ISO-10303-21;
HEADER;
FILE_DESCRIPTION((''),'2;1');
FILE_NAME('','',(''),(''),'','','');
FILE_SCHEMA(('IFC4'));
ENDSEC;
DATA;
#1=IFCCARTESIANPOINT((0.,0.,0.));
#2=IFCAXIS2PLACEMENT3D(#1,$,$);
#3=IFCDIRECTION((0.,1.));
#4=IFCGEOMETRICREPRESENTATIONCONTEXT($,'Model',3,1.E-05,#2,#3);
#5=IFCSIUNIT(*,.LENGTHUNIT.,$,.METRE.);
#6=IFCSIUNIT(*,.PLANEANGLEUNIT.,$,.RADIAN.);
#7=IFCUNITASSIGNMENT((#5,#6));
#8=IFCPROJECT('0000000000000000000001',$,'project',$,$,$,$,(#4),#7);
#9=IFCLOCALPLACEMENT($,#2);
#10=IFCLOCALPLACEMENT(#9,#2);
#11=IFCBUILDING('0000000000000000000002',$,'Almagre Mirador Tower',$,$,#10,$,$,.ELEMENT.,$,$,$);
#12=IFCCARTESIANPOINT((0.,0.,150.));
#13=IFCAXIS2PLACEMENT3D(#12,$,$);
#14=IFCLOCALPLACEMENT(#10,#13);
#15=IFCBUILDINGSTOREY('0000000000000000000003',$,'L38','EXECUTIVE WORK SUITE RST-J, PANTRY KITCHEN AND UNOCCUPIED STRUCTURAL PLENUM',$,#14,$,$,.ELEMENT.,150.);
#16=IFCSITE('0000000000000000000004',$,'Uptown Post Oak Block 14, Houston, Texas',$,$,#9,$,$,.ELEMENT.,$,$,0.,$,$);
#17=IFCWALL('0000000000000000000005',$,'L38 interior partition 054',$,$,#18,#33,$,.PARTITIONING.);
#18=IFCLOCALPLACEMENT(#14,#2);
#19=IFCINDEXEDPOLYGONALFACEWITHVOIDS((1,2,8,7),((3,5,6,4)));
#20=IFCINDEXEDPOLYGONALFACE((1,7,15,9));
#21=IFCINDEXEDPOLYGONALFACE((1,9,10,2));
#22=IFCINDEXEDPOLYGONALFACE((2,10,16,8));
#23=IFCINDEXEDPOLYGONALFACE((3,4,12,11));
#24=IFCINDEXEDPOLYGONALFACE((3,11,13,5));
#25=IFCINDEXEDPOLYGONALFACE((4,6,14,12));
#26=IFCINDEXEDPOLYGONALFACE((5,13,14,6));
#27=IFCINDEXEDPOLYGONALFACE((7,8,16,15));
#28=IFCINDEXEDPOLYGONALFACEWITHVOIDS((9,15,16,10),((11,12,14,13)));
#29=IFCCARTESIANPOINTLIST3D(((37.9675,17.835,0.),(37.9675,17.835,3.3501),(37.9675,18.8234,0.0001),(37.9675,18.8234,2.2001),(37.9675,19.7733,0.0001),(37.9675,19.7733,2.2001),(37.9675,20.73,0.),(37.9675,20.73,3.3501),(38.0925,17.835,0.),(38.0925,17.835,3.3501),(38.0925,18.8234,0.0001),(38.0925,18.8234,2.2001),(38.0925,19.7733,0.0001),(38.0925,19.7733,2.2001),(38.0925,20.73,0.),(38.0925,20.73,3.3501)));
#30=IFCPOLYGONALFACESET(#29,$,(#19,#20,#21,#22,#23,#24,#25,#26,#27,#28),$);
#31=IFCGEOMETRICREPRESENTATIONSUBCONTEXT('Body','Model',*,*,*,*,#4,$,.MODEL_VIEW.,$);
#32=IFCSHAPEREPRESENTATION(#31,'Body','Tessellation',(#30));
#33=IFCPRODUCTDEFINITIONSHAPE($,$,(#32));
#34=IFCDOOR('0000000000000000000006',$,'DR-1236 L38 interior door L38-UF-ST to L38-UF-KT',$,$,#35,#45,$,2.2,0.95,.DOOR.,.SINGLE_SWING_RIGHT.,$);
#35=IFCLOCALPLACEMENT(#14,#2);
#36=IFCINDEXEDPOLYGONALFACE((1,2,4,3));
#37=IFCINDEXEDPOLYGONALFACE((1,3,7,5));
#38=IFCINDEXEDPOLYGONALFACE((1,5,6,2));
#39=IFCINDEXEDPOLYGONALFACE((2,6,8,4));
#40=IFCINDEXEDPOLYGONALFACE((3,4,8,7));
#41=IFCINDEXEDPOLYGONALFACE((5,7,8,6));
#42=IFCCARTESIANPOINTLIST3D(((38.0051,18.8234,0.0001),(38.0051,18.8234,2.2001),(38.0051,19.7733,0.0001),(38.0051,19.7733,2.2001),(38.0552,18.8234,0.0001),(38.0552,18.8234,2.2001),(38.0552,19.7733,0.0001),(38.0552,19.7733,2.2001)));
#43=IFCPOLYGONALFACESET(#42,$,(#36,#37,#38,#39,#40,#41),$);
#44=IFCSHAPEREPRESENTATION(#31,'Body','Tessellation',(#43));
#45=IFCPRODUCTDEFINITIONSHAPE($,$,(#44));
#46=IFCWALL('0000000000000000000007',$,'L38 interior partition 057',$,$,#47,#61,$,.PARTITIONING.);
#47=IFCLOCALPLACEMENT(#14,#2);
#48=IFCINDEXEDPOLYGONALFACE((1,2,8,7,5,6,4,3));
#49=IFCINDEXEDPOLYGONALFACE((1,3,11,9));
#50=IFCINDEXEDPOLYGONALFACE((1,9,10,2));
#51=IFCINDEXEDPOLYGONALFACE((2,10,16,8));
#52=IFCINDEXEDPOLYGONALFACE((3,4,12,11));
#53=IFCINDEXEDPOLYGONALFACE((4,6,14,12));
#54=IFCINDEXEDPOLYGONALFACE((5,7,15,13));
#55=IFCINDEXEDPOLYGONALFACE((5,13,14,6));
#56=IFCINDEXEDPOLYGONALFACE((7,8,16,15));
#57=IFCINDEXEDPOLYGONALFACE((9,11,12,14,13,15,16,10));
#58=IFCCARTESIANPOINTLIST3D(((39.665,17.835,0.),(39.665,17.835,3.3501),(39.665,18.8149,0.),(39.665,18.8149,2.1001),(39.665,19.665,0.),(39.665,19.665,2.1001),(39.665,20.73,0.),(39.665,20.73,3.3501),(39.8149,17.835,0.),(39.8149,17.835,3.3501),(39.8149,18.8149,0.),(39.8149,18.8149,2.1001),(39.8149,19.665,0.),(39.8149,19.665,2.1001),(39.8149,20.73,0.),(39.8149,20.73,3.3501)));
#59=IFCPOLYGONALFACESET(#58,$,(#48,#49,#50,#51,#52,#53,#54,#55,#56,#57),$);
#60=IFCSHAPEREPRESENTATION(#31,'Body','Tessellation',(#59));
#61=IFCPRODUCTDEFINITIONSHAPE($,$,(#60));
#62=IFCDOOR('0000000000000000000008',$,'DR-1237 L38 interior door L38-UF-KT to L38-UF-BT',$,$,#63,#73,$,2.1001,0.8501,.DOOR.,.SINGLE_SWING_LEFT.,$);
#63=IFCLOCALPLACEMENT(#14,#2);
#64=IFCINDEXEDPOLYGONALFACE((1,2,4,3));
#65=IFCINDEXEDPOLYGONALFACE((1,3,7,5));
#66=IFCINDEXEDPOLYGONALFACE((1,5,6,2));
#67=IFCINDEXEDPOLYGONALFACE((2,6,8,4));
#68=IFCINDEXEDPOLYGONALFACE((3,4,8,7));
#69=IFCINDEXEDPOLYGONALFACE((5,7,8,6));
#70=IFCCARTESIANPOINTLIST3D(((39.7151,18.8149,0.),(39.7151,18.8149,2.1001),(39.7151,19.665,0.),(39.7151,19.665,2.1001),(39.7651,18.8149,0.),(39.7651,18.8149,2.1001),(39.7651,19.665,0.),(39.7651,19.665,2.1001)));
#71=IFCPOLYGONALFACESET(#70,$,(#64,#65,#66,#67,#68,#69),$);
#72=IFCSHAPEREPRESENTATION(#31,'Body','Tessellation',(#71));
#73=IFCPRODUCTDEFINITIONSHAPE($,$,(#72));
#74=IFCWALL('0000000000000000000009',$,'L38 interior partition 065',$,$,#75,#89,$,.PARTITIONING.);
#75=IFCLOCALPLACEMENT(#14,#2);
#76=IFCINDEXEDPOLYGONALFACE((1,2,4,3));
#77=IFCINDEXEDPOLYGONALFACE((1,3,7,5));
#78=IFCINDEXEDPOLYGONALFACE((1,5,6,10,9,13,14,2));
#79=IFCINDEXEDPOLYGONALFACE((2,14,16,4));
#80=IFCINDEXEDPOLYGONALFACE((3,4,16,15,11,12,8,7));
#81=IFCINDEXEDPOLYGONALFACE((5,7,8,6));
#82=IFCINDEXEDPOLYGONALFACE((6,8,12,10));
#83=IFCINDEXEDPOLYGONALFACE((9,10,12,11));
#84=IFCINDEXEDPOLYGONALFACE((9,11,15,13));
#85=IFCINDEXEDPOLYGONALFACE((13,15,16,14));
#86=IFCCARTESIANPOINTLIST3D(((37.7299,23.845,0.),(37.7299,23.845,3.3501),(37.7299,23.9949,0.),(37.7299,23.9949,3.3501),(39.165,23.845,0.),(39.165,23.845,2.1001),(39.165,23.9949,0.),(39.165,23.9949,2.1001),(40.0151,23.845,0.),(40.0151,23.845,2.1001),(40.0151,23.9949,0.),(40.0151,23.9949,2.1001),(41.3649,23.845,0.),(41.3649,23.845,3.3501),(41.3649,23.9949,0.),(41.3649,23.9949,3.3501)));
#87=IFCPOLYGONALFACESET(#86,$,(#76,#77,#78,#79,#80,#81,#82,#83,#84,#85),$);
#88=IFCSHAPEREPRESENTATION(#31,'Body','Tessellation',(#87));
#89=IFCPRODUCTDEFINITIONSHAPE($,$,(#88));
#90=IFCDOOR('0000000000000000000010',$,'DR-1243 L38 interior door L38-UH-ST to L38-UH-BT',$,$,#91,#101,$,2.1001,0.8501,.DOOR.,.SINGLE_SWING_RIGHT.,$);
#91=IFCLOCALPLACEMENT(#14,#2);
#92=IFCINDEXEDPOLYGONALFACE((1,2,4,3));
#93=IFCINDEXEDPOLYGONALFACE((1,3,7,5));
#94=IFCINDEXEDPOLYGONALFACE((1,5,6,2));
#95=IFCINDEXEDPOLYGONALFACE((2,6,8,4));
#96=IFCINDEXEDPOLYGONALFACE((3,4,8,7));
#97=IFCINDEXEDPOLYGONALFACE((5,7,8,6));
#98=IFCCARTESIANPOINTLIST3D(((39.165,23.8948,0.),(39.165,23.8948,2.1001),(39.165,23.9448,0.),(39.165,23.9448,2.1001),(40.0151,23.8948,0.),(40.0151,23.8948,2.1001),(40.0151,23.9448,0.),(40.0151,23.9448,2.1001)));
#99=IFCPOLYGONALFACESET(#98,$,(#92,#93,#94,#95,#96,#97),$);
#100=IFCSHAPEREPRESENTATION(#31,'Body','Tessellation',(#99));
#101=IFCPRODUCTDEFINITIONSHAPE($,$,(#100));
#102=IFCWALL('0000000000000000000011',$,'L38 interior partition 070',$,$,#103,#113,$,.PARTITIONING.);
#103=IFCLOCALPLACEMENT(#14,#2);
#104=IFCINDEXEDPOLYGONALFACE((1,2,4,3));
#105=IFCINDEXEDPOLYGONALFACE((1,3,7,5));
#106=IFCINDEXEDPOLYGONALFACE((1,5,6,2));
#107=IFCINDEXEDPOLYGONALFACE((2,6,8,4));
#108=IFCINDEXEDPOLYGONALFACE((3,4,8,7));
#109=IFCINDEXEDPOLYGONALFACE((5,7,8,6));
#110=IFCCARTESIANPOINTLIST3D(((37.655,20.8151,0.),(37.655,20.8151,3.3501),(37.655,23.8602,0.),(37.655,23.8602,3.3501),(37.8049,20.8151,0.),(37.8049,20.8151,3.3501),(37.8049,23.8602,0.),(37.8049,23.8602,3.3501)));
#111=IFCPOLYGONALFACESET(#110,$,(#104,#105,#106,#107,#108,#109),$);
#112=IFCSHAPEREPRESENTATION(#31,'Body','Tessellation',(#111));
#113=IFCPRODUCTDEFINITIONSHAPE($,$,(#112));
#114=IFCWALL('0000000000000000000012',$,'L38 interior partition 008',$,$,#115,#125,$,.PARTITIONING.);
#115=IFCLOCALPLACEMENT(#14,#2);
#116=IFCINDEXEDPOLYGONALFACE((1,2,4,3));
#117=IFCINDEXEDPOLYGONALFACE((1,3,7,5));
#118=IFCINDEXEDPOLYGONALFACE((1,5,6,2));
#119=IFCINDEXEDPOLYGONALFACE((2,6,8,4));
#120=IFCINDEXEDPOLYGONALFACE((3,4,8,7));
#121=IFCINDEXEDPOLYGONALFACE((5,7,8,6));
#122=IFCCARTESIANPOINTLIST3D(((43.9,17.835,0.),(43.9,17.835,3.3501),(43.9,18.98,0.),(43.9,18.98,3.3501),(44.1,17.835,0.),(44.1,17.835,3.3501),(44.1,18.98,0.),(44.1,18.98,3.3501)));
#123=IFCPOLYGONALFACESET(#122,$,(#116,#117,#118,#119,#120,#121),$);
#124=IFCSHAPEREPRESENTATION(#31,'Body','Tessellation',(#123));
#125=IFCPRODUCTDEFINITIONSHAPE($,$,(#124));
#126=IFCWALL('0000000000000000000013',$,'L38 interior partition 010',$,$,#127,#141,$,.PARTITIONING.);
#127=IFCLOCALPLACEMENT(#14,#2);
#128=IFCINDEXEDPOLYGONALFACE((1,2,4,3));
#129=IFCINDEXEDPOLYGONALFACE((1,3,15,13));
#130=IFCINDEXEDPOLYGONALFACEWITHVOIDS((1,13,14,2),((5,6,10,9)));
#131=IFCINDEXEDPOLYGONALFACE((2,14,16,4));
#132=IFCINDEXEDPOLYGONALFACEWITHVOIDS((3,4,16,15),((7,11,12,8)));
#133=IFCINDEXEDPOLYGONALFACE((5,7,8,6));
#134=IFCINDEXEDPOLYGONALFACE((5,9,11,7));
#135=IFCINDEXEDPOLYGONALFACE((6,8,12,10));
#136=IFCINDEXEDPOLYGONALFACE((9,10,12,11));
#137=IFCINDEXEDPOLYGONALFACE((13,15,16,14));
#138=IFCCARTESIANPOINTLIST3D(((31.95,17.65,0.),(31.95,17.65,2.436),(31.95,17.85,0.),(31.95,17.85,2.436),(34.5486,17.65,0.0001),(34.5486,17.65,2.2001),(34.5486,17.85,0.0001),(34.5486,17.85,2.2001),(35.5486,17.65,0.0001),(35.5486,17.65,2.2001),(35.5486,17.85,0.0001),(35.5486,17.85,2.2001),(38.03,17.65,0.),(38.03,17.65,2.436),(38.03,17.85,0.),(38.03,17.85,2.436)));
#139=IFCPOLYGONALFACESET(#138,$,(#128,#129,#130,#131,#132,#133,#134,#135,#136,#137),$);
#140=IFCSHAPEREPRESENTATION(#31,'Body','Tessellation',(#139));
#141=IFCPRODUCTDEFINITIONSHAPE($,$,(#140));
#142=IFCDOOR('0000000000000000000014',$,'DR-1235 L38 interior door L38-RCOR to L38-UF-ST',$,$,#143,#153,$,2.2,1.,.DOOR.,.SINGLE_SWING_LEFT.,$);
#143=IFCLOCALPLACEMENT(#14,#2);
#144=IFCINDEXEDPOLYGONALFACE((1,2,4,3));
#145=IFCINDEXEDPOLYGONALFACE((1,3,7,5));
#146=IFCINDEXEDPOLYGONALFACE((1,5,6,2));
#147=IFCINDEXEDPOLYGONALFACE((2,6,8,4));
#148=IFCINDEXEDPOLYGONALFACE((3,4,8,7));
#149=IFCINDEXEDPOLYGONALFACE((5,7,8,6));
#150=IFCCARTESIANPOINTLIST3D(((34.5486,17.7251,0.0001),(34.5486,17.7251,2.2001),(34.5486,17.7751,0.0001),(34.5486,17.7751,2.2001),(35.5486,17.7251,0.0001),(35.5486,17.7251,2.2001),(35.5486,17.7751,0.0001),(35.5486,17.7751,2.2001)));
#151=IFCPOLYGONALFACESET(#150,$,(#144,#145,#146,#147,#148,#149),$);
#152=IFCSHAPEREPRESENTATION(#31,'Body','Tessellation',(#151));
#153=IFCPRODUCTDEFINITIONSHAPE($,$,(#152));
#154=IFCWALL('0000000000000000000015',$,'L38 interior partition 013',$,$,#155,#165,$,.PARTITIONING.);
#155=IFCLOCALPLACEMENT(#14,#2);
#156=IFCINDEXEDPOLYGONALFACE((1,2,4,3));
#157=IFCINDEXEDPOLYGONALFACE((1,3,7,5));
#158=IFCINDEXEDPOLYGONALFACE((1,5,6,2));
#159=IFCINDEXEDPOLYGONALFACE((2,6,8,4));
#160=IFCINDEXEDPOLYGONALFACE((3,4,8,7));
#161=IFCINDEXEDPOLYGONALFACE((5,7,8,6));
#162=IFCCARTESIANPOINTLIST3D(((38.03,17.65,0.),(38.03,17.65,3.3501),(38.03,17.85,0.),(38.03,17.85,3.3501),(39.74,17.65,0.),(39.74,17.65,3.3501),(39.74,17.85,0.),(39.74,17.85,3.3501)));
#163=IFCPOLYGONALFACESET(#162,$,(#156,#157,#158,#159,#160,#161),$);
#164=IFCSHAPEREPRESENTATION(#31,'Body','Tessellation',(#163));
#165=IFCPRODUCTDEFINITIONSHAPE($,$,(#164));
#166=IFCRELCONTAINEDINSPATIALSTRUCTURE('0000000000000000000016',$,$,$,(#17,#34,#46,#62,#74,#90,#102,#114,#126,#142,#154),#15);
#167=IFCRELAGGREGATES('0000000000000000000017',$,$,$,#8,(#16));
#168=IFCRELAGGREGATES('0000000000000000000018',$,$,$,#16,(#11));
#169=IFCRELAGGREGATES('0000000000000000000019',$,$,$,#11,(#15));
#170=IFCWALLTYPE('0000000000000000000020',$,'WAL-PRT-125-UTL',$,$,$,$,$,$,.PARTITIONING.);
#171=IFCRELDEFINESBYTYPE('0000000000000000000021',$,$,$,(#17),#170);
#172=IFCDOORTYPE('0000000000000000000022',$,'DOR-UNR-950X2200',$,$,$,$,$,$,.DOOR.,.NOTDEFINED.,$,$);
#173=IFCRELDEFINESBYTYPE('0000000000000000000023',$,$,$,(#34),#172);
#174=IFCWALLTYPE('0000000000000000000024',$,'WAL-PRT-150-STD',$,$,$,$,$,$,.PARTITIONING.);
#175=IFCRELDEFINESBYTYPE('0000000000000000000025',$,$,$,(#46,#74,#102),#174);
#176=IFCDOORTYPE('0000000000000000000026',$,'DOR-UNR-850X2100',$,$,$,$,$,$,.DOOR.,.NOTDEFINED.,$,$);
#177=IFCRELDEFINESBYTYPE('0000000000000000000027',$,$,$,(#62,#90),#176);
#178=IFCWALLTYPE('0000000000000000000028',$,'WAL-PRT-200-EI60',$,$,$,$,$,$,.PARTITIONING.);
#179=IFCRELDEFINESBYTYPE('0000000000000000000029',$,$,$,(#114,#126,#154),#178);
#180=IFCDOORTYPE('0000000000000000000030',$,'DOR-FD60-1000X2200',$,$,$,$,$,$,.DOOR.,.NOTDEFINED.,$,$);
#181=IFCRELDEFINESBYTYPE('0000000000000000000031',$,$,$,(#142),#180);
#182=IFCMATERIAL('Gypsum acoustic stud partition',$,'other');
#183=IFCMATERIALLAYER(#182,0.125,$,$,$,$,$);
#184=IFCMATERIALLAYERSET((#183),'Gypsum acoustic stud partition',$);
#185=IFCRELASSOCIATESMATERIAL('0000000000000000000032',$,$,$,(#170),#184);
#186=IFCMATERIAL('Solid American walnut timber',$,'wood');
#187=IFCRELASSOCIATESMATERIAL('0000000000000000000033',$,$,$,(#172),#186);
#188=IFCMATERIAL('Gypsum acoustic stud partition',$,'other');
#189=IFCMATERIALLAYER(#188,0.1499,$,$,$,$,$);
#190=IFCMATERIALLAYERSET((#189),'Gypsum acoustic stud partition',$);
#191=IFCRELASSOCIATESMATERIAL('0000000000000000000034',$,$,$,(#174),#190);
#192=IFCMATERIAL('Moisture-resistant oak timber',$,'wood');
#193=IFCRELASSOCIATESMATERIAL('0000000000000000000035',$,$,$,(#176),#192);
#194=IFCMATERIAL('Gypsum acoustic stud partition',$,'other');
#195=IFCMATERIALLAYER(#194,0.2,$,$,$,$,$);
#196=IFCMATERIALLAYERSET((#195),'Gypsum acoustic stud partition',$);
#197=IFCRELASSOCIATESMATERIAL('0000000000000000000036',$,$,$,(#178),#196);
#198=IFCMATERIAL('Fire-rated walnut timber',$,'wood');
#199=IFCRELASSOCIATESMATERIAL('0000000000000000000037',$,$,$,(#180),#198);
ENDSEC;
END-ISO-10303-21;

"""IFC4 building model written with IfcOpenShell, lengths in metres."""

from ifc_helpers import new_model, si_unit, direction, frame, frame_2d, origin, place, context, subcontext, project, spatial, rectangle, extrude, material, layer, layer_set, type_object, element, fill, save


model = new_model("IFC4")

# Units and contexts
model_context = context("Model", 3, precision=1e-05, world=origin(), true_north=direction((0.0, 1.0)))
body_context = subcontext(model_context, "Body", "Model", "MODEL_VIEW")
ifc_project = project(units=[si_unit("LENGTHUNIT", "METRE"), si_unit("PLANEANGLEUNIT", "RADIAN")], contexts=[model_context])

# Site, building, storey
site_placement = place(None, origin())
site = spatial("IfcSite", under=ifc_project, at=site_placement, Name="Uptown Post Oak Block 14, Houston, Texas", CompositionType="ELEMENT", RefElevation=0.0)
building_placement = place(site_placement, origin())
building = spatial("IfcBuilding", under=site, at=building_placement, Name="Almagre Mirador Tower", CompositionType="ELEMENT")
storey_placement = place(building_placement, frame((0.0, 0.0, 150.0)))
storey = spatial("IfcBuildingStorey", under=building, at=storey_placement, Name="L38", Description="EXECUTIVE WORK SUITE RST-J, PANTRY KITCHEN AND UNOCCUPIED STRUCTURAL PLENUM", CompositionType="ELEMENT", Elevation=150.0)

# Walls, openings, doors
ifc_material_1 = material(Name="Gypsum acoustic stud partition", Category="other")
ifc_layer_1 = layer(ifc_material_1, 0.125)
ifc_layer_set_1 = layer_set([ifc_layer_1], Name="Gypsum acoustic stud partition")
wall_type_1 = type_object("IfcWallType", Name="WAL-PRT-125-UTL", PredefinedType="PARTITIONING", material=ifc_layer_set_1)
wall_1_placement = place(storey_placement, frame((38.03, 17.835, 0.0), z_axis=(0.0, 0.0, 1.0), x_axis=(0.0, 1.0, 0.0)))
wall_1 = element("IfcWall", 1, at=wall_1_placement, inside=storey, type_object=wall_type_1, Name="L38 interior partition 054", PredefinedType="PARTITIONING", context=body_context, shape_type="SweptSolid", body=[
    extrude(rectangle(XDim=2.895, YDim=0.125, at=frame_2d((1.4475, 0.0))), origin(), (0.0, 0.0, 1.0), 3.3501),
])
opening_1_placement = place(wall_1_placement, frame((0.9883, 0.0, 0.0)))
opening_1 = element("IfcOpeningElement", 2, at=opening_1_placement, cuts=wall_1, PredefinedType="OPENING", context=body_context, shape_type="SweptSolid", body=[
    extrude(rectangle(XDim=0.95, YDim=2.2, at=frame_2d((0.4751, 1.1001))), frame((0.0, 0.0725, 0.0), z_axis=(0.0, -1.0, 0.0), x_axis=(1.0, 0.0, 0.0)), (0.0, 0.0, 1.0), 0.145),
])
ifc_material_2 = material(Name="Solid American walnut timber", Category="wood")
door_type_1 = type_object("IfcDoorType", Name="DOR-UNR-950X2200", OperationType="NOTDEFINED", PredefinedType="DOOR", material=ifc_material_2)
door_1_placement = place(opening_1_placement, origin())
door_1 = element("IfcDoor", 3, at=door_1_placement, inside=storey, type_object=door_type_1, Name="DR-1236 L38 interior door L38-UF-ST to L38-UF-KT", OperationType="SINGLE_SWING_RIGHT", OverallHeight=2.2, OverallWidth=0.95, PredefinedType="DOOR", context=body_context, shape_type="SweptSolid", body=[
    extrude(rectangle(XDim=0.95, YDim=2.2, at=frame_2d((0.4751, 1.1001))), frame((0.0, 0.0249, 0.0), z_axis=(0.0, -1.0, 0.0), x_axis=(1.0, 0.0, 0.0)), (0.0, 0.0, 1.0), 0.05),
])
fill(opening_1, door_1)
ifc_material_3 = material(Name="Gypsum acoustic stud partition", Category="other")
ifc_layer_2 = layer(ifc_material_3, 0.1499)
ifc_layer_set_2 = layer_set([ifc_layer_2], Name="Gypsum acoustic stud partition")
wall_type_2 = type_object("IfcWallType", Name="WAL-PRT-150-STD", PredefinedType="PARTITIONING", material=ifc_layer_set_2)
wall_2_placement = place(storey_placement, frame((39.74, 17.835, 0.0), z_axis=(0.0, 0.0, 1.0), x_axis=(0.0, 1.0, 0.0)))
wall_2 = element("IfcWall", 4, at=wall_2_placement, inside=storey, type_object=wall_type_2, Name="L38 interior partition 057", PredefinedType="PARTITIONING", context=body_context, shape_type="SweptSolid", body=[
    extrude(rectangle(XDim=2.895, YDim=0.1499, at=frame_2d((1.4475, 0.0))), origin(), (0.0, 0.0, 1.0), 3.3501),
])
opening_2_placement = place(wall_2_placement, frame((0.98, 0.0, 0.0)))
opening_2 = element("IfcOpeningElement", 5, at=opening_2_placement, cuts=wall_2, PredefinedType="OPENING", context=body_context, shape_type="SweptSolid", body=[
    extrude(rectangle(XDim=0.8501, YDim=2.1001, at=frame_2d((0.425, 1.05))), frame((0.0, 0.085, 0.0), z_axis=(0.0, -1.0, 0.0), x_axis=(1.0, 0.0, 0.0)), (0.0, 0.0, 1.0), 0.1699),
])
ifc_material_4 = material(Name="Moisture-resistant oak timber", Category="wood")
door_type_2 = type_object("IfcDoorType", Name="DOR-UNR-850X2100", OperationType="NOTDEFINED", PredefinedType="DOOR", material=ifc_material_4)
door_2_placement = place(opening_2_placement, origin())
door_2 = element("IfcDoor", 6, at=door_2_placement, inside=storey, type_object=door_type_2, Name="DR-1237 L38 interior door L38-UF-KT to L38-UF-BT", OperationType="SINGLE_SWING_LEFT", OverallHeight=2.1001, OverallWidth=0.8501, PredefinedType="DOOR", context=body_context, shape_type="SweptSolid", body=[
    extrude(rectangle(XDim=0.8501, YDim=2.1001, at=frame_2d((0.425, 1.05))), frame((0.0, 0.0249, 0.0), z_axis=(0.0, -1.0, 0.0), x_axis=(1.0, 0.0, 0.0)), (0.0, 0.0, 1.0), 0.05),
])
fill(opening_2, door_2)
wall_3_placement = place(storey_placement, frame((37.73, 23.9199, 0.0), z_axis=(0.0, 0.0, 1.0), x_axis=(1.0, 0.0, 0.0)))
wall_3 = element("IfcWall", 7, at=wall_3_placement, inside=storey, type_object=wall_type_2, Name="L38 interior partition 065", PredefinedType="PARTITIONING", context=body_context, shape_type="SweptSolid", body=[
    extrude(rectangle(XDim=3.635, YDim=0.1499, at=frame_2d((1.8174, 0.0))), origin(), (0.0, 0.0, 1.0), 3.3501),
])
opening_3_placement = place(wall_3_placement, frame((1.4351, 0.0, 0.0)))
opening_3 = element("IfcOpeningElement", 8, at=opening_3_placement, cuts=wall_3, PredefinedType="OPENING", context=body_context, shape_type="SweptSolid", body=[
    extrude(rectangle(XDim=0.8501, YDim=2.1001, at=frame_2d((0.425, 1.05))), frame((0.0, 0.085, 0.0), z_axis=(0.0, -1.0, 0.0), x_axis=(1.0, 0.0, 0.0)), (0.0, 0.0, 1.0), 0.1699),
])
door_3_placement = place(opening_3_placement, origin())
door_3 = element("IfcDoor", 9, at=door_3_placement, inside=storey, type_object=door_type_2, Name="DR-1243 L38 interior door L38-UH-ST to L38-UH-BT", OperationType="SINGLE_SWING_RIGHT", OverallHeight=2.1001, OverallWidth=0.8501, PredefinedType="DOOR", context=body_context, shape_type="SweptSolid", body=[
    extrude(rectangle(XDim=0.8501, YDim=2.1001, at=frame_2d((0.425, 1.05))), frame((0.0, 0.0249, 0.0), z_axis=(0.0, -1.0, 0.0), x_axis=(1.0, 0.0, 0.0)), (0.0, 0.0, 1.0), 0.05),
])
fill(opening_3, door_3)

# Walls
wall_4_placement = place(storey_placement, frame((37.73, 23.8601, 0.0), z_axis=(0.0, 0.0, 1.0), x_axis=(0.0, -1.0, 0.0)))
element("IfcWall", 10, at=wall_4_placement, inside=storey, type_object=wall_type_2, Name="L38 interior partition 070", PredefinedType="PARTITIONING", context=body_context, shape_type="SweptSolid", body=[
    extrude(rectangle(XDim=3.0452, YDim=0.1499, at=frame_2d((1.5225, 0.0))), origin(), (0.0, 0.0, 1.0), 3.3501),
])
ifc_material_5 = material(Name="Gypsum acoustic stud partition", Category="other")
ifc_layer_3 = layer(ifc_material_5, 0.2)
ifc_layer_set_3 = layer_set([ifc_layer_3], Name="Gypsum acoustic stud partition")
wall_type_3 = type_object("IfcWallType", Name="WAL-PRT-200-EI60", PredefinedType="PARTITIONING", material=ifc_layer_set_3)
wall_5_placement = place(storey_placement, frame((44.0, 17.835, 0.0), z_axis=(0.0, 0.0, 1.0), x_axis=(0.0, 1.0, 0.0)))
element("IfcWall", 11, at=wall_5_placement, inside=storey, type_object=wall_type_3, Name="L38 interior partition 008", PredefinedType="PARTITIONING", context=body_context, shape_type="SweptSolid", body=[
    extrude(rectangle(XDim=1.145, YDim=0.2, at=frame_2d((0.5725, 0.0))), origin(), (0.0, 0.0, 1.0), 3.3501),
])

# Wall, opening, door
wall_6_placement = place(storey_placement, frame((38.03, 17.75, 0.0), z_axis=(0.0, 0.0, 1.0), x_axis=(-1.0, 0.0, 0.0)))
wall_6 = element("IfcWall", 12, at=wall_6_placement, inside=storey, type_object=wall_type_3, Name="L38 interior partition 010", PredefinedType="PARTITIONING", context=body_context, shape_type="SweptSolid", body=[
    extrude(rectangle(XDim=6.0801, YDim=0.2, at=frame_2d((3.04, 0.0))), origin(), (0.0, 0.0, 1.0), 2.436),
])
opening_4_placement = place(wall_6_placement, frame((2.4814, 0.0, 0.0)))
opening_4 = element("IfcOpeningElement", 13, at=opening_4_placement, cuts=wall_6, PredefinedType="OPENING", context=body_context, shape_type="SweptSolid", body=[
    extrude(rectangle(XDim=1.0, YDim=2.2, at=frame_2d((0.5, 1.1001))), frame((0.0, 0.1101, 0.0), z_axis=(0.0, -1.0, 0.0), x_axis=(1.0, 0.0, 0.0)), (0.0, 0.0, 1.0), 0.22),
])
ifc_material_6 = material(Name="Fire-rated walnut timber", Category="wood")
door_type_3 = type_object("IfcDoorType", Name="DOR-FD60-1000X2200", OperationType="NOTDEFINED", PredefinedType="DOOR", material=ifc_material_6)
door_4_placement = place(opening_4_placement, origin())
door_4 = element("IfcDoor", 14, at=door_4_placement, inside=storey, type_object=door_type_3, Name="DR-1235 L38 interior door L38-RCOR to L38-UF-ST", OperationType="SINGLE_SWING_LEFT", OverallHeight=2.2, OverallWidth=1.0, PredefinedType="DOOR", context=body_context, shape_type="SweptSolid", body=[
    extrude(rectangle(XDim=1.0, YDim=2.2, at=frame_2d((0.5, 1.1001))), frame((0.0, 0.0249, 0.0), z_axis=(0.0, -1.0, 0.0), x_axis=(1.0, 0.0, 0.0)), (0.0, 0.0, 1.0), 0.05),
])
fill(opening_4, door_4)

# Wall
wall_7_placement = place(storey_placement, frame((39.74, 17.75, 0.0), z_axis=(0.0, 0.0, 1.0), x_axis=(-1.0, 0.0, 0.0)))
element("IfcWall", 15, at=wall_7_placement, inside=storey, type_object=wall_type_3, Name="L38 interior partition 013", PredefinedType="PARTITIONING", context=body_context, shape_type="SweptSolid", body=[
    extrude(rectangle(XDim=1.71, YDim=0.2, at=frame_2d((0.855, 0.0))), origin(), (0.0, 0.0, 1.0), 3.3501),
])

save(model, "model.ifc")
